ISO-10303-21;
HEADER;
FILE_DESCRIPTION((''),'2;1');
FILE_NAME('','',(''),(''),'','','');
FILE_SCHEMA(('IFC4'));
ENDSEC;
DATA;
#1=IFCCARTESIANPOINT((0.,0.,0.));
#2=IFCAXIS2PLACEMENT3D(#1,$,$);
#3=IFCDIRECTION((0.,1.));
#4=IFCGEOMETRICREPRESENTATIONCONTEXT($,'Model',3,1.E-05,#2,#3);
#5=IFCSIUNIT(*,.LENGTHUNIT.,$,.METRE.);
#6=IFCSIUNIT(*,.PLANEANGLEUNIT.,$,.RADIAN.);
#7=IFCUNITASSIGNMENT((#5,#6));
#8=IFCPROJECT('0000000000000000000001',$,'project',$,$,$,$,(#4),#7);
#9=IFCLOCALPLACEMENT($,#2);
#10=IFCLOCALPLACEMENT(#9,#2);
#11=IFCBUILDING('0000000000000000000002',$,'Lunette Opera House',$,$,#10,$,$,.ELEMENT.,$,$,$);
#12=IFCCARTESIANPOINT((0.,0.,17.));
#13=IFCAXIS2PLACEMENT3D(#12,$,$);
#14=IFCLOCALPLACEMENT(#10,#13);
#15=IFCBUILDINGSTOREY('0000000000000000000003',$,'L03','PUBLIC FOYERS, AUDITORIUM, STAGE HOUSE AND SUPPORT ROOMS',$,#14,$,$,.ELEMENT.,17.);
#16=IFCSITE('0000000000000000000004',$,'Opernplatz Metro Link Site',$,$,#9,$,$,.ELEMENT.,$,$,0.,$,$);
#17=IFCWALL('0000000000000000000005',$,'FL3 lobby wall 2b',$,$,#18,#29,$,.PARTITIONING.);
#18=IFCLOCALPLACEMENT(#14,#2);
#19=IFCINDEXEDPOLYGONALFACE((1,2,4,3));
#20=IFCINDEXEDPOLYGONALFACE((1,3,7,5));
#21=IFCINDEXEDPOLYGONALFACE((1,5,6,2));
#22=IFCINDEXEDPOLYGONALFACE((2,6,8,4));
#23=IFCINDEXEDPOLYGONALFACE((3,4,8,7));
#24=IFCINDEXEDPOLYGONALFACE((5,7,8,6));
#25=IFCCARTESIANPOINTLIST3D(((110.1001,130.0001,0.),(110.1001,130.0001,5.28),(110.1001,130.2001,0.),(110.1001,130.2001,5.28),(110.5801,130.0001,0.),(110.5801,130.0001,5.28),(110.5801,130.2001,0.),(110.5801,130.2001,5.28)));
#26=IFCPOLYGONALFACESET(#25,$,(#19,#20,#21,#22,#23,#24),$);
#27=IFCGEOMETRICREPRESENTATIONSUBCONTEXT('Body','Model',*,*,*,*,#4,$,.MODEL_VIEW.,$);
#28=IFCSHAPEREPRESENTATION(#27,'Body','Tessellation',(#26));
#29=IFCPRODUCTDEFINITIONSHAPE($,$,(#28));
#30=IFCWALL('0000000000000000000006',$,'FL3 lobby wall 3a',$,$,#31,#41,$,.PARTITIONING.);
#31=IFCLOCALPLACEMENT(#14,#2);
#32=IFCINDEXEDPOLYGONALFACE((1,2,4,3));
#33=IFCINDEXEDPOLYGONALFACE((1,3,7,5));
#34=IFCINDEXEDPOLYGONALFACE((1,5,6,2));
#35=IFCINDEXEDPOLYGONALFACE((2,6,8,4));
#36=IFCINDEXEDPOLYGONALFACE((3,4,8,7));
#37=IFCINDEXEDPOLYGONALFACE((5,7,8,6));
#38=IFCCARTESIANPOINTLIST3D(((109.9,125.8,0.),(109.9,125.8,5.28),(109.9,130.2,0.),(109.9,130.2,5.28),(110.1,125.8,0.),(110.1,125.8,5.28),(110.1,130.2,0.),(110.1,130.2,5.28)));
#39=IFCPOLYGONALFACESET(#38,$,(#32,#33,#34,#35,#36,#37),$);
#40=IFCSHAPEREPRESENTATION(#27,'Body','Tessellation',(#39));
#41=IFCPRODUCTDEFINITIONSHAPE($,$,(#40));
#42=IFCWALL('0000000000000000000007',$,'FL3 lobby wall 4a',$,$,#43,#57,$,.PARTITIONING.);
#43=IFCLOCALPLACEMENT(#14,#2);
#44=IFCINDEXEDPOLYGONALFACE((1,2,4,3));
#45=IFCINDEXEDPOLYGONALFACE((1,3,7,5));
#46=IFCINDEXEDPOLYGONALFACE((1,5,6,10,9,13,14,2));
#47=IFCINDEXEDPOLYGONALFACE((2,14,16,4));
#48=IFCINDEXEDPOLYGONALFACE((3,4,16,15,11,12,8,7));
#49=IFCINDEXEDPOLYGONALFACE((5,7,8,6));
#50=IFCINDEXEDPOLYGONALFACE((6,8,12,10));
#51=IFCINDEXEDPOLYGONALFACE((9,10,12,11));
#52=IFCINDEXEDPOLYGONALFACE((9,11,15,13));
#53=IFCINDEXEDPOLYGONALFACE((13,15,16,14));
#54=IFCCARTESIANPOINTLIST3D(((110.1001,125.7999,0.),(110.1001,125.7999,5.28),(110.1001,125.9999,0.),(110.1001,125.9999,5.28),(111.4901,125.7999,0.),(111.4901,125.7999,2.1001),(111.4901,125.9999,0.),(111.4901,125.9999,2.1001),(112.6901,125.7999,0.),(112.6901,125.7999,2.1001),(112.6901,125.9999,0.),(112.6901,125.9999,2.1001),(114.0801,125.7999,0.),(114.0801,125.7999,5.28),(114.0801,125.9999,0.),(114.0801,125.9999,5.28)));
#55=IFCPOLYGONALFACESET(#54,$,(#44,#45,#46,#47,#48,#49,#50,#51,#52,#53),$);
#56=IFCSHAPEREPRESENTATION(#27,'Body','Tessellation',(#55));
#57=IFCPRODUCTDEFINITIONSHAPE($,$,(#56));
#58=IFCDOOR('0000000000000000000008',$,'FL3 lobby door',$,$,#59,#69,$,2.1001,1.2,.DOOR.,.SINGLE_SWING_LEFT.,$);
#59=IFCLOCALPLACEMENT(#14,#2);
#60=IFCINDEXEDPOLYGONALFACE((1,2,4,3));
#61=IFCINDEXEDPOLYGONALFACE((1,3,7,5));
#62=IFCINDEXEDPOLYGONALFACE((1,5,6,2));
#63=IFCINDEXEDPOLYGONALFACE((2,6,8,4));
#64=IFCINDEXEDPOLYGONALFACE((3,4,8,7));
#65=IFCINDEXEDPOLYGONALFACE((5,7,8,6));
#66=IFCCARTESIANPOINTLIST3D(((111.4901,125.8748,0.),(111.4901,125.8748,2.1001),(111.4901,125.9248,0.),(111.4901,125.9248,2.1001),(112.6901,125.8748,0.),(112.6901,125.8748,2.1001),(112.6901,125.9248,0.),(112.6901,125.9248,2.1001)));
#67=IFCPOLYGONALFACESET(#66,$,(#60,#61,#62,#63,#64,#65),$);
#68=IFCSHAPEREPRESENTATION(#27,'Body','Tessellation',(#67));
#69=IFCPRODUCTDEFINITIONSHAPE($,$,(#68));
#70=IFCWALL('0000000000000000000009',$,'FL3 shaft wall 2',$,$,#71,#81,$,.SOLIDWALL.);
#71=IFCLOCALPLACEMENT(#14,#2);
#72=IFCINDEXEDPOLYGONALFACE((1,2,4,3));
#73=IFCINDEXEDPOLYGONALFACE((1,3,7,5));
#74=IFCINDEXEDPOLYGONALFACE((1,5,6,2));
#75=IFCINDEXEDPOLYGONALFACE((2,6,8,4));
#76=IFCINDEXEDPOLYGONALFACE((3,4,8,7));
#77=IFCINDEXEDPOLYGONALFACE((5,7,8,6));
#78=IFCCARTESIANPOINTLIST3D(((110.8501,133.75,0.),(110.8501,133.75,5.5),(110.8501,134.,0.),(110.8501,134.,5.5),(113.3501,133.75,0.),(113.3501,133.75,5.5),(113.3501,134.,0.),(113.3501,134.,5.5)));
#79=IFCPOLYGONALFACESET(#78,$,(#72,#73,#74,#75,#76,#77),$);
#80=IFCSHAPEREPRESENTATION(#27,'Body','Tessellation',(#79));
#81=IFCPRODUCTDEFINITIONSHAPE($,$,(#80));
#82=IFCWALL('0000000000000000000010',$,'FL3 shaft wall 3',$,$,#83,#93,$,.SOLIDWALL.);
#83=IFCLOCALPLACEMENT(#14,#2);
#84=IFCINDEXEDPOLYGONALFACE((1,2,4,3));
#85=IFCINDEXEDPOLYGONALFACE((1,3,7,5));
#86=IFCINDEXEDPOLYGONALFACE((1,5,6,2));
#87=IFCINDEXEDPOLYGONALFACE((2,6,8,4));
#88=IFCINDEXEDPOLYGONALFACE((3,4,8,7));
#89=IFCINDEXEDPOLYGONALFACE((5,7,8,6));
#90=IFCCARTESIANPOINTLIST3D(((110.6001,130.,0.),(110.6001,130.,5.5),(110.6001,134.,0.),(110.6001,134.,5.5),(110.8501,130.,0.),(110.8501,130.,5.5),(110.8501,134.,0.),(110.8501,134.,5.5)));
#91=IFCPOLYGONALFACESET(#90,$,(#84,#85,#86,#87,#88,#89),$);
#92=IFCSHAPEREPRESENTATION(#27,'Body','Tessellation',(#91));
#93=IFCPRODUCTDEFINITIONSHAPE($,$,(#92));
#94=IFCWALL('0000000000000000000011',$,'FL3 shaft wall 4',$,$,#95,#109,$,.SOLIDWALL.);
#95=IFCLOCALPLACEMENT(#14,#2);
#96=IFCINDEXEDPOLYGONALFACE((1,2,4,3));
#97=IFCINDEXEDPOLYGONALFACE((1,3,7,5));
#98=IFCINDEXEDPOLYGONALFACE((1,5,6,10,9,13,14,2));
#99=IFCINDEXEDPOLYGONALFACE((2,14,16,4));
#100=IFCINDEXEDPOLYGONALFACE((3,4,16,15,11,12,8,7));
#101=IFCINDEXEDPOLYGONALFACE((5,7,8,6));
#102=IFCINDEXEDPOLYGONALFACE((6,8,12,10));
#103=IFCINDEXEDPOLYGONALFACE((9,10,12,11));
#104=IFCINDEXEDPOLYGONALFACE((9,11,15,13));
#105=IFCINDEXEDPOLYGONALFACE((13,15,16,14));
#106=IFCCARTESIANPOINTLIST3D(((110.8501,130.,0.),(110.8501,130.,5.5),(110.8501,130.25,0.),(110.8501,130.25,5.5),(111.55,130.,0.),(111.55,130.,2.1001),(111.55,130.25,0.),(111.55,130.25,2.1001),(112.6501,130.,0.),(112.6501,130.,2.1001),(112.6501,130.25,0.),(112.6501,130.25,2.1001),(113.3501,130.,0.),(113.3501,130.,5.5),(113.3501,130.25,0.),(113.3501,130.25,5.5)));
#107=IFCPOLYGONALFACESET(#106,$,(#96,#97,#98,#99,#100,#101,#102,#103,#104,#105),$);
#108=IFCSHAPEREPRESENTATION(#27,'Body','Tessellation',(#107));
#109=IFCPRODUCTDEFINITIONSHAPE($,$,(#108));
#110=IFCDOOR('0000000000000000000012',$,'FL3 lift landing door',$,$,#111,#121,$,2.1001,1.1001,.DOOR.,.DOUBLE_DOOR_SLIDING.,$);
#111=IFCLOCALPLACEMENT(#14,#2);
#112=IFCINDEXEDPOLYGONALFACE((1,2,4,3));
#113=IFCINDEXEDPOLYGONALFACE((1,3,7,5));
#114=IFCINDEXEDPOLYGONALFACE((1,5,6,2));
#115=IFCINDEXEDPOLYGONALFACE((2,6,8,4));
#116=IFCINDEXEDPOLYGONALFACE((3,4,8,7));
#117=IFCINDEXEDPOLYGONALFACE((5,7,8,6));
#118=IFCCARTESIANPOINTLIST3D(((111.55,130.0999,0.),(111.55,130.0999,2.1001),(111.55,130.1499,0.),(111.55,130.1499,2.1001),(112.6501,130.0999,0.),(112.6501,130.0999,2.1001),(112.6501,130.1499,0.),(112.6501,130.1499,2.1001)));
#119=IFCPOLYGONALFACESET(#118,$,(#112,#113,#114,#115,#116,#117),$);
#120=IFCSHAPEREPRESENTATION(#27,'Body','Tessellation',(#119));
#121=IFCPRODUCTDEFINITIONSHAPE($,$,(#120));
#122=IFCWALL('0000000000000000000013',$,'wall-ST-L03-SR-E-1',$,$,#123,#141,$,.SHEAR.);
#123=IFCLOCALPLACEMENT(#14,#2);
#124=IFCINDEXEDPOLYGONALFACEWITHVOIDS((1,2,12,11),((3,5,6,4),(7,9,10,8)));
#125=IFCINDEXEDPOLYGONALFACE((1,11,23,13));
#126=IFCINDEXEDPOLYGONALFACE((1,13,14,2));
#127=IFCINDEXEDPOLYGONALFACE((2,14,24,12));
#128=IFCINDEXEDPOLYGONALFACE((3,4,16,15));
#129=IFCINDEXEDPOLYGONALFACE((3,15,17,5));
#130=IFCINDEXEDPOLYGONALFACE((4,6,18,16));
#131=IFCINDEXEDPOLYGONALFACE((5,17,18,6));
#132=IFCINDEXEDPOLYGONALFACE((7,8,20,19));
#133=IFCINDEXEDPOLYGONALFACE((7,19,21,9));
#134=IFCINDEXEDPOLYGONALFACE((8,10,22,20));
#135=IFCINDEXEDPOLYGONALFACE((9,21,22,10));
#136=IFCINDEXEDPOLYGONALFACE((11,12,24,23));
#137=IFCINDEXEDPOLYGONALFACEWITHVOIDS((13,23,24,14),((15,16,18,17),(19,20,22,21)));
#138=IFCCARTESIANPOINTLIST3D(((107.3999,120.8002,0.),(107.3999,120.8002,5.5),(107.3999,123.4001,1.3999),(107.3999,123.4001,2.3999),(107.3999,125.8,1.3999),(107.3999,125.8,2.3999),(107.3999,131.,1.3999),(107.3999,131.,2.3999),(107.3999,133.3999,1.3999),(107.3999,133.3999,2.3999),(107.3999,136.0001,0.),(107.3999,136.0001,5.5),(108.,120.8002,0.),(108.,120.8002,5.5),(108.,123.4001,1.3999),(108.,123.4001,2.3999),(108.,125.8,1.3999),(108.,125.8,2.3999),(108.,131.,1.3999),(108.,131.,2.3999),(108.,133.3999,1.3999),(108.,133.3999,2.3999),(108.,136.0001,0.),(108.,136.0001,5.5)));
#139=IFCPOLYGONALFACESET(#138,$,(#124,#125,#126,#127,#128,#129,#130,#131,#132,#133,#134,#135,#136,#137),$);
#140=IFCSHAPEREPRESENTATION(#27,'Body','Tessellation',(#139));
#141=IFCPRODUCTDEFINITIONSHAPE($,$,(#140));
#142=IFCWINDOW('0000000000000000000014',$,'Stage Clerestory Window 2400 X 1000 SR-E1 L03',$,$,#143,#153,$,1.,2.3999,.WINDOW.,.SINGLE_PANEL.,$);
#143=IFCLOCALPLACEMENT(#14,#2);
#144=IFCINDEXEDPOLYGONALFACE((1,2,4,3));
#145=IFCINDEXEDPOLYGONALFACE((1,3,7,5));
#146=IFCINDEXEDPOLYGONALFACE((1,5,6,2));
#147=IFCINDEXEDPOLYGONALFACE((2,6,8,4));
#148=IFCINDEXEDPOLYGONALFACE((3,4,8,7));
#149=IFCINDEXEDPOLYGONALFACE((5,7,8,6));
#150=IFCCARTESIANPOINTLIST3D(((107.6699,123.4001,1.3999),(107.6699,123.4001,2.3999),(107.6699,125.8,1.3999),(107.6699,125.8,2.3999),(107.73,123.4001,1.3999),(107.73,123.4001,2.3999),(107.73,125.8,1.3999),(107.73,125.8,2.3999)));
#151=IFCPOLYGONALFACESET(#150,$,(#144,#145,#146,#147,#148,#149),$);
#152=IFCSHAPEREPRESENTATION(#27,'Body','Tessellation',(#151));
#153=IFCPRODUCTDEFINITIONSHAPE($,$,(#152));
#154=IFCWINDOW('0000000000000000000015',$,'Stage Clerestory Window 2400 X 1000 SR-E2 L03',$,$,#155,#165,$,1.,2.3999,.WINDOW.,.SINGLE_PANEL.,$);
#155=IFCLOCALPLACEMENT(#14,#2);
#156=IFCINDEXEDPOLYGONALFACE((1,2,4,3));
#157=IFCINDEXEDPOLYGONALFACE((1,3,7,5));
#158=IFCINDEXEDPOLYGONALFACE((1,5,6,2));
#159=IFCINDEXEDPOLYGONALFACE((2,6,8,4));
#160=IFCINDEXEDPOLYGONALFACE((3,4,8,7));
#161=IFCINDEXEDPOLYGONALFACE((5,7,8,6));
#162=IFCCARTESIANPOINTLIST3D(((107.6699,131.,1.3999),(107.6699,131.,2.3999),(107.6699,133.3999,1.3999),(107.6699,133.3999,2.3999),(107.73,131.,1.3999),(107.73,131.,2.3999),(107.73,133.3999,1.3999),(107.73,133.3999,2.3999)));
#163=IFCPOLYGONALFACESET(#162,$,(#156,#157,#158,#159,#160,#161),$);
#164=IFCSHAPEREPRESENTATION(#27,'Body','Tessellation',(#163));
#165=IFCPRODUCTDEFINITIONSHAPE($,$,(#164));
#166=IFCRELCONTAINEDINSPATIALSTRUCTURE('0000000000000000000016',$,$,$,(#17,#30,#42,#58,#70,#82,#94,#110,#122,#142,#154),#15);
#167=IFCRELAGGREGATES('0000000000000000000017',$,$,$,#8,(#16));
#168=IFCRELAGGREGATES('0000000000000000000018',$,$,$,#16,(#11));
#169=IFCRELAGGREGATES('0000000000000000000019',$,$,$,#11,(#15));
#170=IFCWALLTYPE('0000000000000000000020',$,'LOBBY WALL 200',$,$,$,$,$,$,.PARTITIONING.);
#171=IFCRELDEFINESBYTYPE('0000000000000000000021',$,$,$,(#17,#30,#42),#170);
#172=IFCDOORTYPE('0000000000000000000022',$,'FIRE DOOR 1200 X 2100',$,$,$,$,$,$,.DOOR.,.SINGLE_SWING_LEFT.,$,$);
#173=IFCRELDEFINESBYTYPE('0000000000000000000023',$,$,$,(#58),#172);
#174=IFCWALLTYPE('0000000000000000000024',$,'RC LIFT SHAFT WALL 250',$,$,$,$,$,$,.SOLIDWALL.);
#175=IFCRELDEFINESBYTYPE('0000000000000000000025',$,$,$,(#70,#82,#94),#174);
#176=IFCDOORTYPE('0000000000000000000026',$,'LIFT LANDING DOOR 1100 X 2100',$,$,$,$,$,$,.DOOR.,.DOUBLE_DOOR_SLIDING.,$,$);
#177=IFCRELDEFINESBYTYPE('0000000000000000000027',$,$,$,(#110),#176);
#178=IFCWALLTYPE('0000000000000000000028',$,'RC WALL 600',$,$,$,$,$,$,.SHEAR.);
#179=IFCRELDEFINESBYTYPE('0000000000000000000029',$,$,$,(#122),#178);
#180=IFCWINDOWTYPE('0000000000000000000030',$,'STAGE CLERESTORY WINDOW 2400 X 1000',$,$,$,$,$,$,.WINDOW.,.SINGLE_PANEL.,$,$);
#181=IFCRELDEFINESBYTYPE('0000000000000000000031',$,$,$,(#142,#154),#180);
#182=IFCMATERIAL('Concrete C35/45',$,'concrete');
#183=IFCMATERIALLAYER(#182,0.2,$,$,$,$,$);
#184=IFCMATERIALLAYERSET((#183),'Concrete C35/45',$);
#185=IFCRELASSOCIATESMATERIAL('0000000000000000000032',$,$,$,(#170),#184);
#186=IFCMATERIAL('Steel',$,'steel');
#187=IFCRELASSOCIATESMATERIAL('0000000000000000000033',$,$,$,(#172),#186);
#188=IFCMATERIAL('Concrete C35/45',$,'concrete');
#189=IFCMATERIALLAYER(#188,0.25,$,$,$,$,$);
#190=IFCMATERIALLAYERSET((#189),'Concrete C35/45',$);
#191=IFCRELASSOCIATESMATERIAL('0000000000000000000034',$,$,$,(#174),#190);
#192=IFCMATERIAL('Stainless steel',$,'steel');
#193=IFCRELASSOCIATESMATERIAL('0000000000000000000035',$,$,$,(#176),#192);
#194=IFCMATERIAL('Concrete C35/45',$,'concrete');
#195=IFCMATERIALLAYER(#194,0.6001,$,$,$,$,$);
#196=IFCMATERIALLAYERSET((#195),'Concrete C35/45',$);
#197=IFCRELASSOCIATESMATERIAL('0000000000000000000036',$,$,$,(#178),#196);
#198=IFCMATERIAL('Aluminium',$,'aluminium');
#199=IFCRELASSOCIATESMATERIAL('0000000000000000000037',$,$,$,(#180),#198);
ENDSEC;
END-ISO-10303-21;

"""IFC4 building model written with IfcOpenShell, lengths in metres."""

from ifc_helpers import new_model, si_unit, direction, frame, frame_2d, origin, place, context, subcontext, project, spatial, rectangle, extrude, material, layer, layer_set, type_object, element, fill, save


model = new_model("IFC4")

# Units and contexts
model_context = context("Model", 3, precision=1e-05, world=origin(), true_north=direction((0.0, 1.0)))
body_context = subcontext(model_context, "Body", "Model", "MODEL_VIEW")
ifc_project = project(units=[si_unit("LENGTHUNIT", "METRE"), si_unit("PLANEANGLEUNIT", "RADIAN")], contexts=[model_context])

# Site, building, storey
site_placement = place(None, origin())
site = spatial("IfcSite", under=ifc_project, at=site_placement, Name="Opernplatz Metro Link Site", CompositionType="ELEMENT", RefElevation=0.0)
building_placement = place(site_placement, origin())
building = spatial("IfcBuilding", under=site, at=building_placement, Name="Lunette Opera House", CompositionType="ELEMENT")
storey_placement = place(building_placement, frame((0.0, 0.0, 17.0)))
storey = spatial("IfcBuildingStorey", under=building, at=storey_placement, Name="L03", Description="PUBLIC FOYERS, AUDITORIUM, STAGE HOUSE AND SUPPORT ROOMS", CompositionType="ELEMENT", Elevation=17.0)

# Walls
ifc_material_1 = material(Name="Concrete C35/45", Category="concrete")
ifc_layer_1 = layer(ifc_material_1, 0.2)
ifc_layer_set_1 = layer_set([ifc_layer_1], Name="Concrete C35/45")
wall_type_1 = type_object("IfcWallType", Name="LOBBY WALL 200", PredefinedType="PARTITIONING", material=ifc_layer_set_1)
wall_1_placement = place(storey_placement, frame((110.5801, 130.1001, 0.0), z_axis=(0.0, 0.0, 1.0), x_axis=(-1.0, 0.0, 0.0)))
element("IfcWall", 1, at=wall_1_placement, inside=storey, type_object=wall_type_1, Name="FL3 lobby wall 2b", PredefinedType="PARTITIONING", context=body_context, shape_type="SweptSolid", body=[
    extrude(rectangle(XDim=0.48, YDim=0.2, at=frame_2d((0.24, 0.0))), origin(), (0.0, 0.0, 1.0), 5.28),
])
wall_2_placement = place(storey_placement, frame((110.0, 130.2, 0.0), z_axis=(0.0, 0.0, 1.0), x_axis=(0.0, -1.0, 0.0)))
element("IfcWall", 2, at=wall_2_placement, inside=storey, type_object=wall_type_1, Name="FL3 lobby wall 3a", PredefinedType="PARTITIONING", context=body_context, shape_type="SweptSolid", body=[
    extrude(rectangle(XDim=4.3999, YDim=0.2, at=frame_2d((2.2, 0.0))), origin(), (0.0, 0.0, 1.0), 5.28),
])

# Wall, opening, door
wall_3_placement = place(storey_placement, frame((110.1001, 125.8999, 0.0), z_axis=(0.0, 0.0, 1.0), x_axis=(1.0, 0.0, 0.0)))
wall_3 = element("IfcWall", 3, at=wall_3_placement, inside=storey, type_object=wall_type_1, Name="FL3 lobby wall 4a", PredefinedType="PARTITIONING", context=body_context, shape_type="SweptSolid", body=[
    extrude(rectangle(XDim=3.98, YDim=0.2, at=frame_2d((1.99, 0.0))), origin(), (0.0, 0.0, 1.0), 5.28),
])
opening_1_placement = place(wall_3_placement, frame((1.3899, 0.0, 0.0)))
opening_1 = element("IfcOpeningElement", 4, at=opening_1_placement, cuts=wall_3, PredefinedType="OPENING", context=body_context, shape_type="SweptSolid", body=[
    extrude(rectangle(XDim=1.2, YDim=2.1001, at=frame_2d((0.6001, 1.05))), frame((0.0, 0.1121, 0.0), z_axis=(0.0, -1.0, 0.0), x_axis=(1.0, 0.0, 0.0)), (0.0, 0.0, 1.0), 0.2239),
])
ifc_material_2 = material(Name="Steel", Category="steel")
door_type_1 = type_object("IfcDoorType", Name="FIRE DOOR 1200 X 2100", OperationType="SINGLE_SWING_LEFT", PredefinedType="DOOR", material=ifc_material_2)
door_1_placement = place(opening_1_placement, origin())
door_1 = element("IfcDoor", 5, at=door_1_placement, inside=storey, type_object=door_type_1, Name="FL3 lobby door", OperationType="SINGLE_SWING_LEFT", OverallHeight=2.1001, OverallWidth=1.2, PredefinedType="DOOR", context=body_context, shape_type="SweptSolid", body=[
    extrude(rectangle(XDim=1.2, YDim=2.1001, at=frame_2d((0.6001, 1.05))), frame((0.0, 0.0249, 0.0), z_axis=(0.0, -1.0, 0.0), x_axis=(1.0, 0.0, 0.0)), (0.0, 0.0, 1.0), 0.05),
])
fill(opening_1, door_1)

# Walls
ifc_material_3 = material(Name="Concrete C35/45", Category="concrete")
ifc_layer_2 = layer(ifc_material_3, 0.25)
ifc_layer_set_2 = layer_set([ifc_layer_2], Name="Concrete C35/45")
wall_type_2 = type_object("IfcWallType", Name="RC LIFT SHAFT WALL 250", PredefinedType="SOLIDWALL", material=ifc_layer_set_2)
wall_4_placement = place(storey_placement, frame((113.3501, 133.875, 0.0), z_axis=(0.0, 0.0, 1.0), x_axis=(-1.0, 0.0, 0.0)))
element("IfcWall", 6, at=wall_4_placement, inside=storey, type_object=wall_type_2, Name="FL3 shaft wall 2", PredefinedType="SOLIDWALL", context=body_context, shape_type="SweptSolid", body=[
    extrude(rectangle(XDim=2.5, YDim=0.25, at=frame_2d((1.25, 0.0))), origin(), (0.0, 0.0, 1.0), 5.5),
])
wall_5_placement = place(storey_placement, frame((110.7251, 134.0, 0.0), z_axis=(0.0, 0.0, 1.0), x_axis=(0.0, -1.0, 0.0)))
element("IfcWall", 7, at=wall_5_placement, inside=storey, type_object=wall_type_2, Name="FL3 shaft wall 3", PredefinedType="SOLIDWALL", context=body_context, shape_type="SweptSolid", body=[
    extrude(rectangle(XDim=4.0, YDim=0.25, at=frame_2d((2.0, 0.0))), origin(), (0.0, 0.0, 1.0), 5.5),
])

# Wall, opening, door
wall_6_placement = place(storey_placement, frame((110.8501, 130.125, 0.0), z_axis=(0.0, 0.0, 1.0), x_axis=(1.0, 0.0, 0.0)))
wall_6 = element("IfcWall", 8, at=wall_6_placement, inside=storey, type_object=wall_type_2, Name="FL3 shaft wall 4", PredefinedType="SOLIDWALL", context=body_context, shape_type="SweptSolid", body=[
    extrude(rectangle(XDim=2.5, YDim=0.25, at=frame_2d((1.25, 0.0))), origin(), (0.0, 0.0, 1.0), 5.5),
])
opening_2_placement = place(wall_6_placement, frame((0.7, 0.0, 0.0)))
opening_2 = element("IfcOpeningElement", 9, at=opening_2_placement, cuts=wall_6, PredefinedType="OPENING", context=body_context, shape_type="SweptSolid", body=[
    extrude(rectangle(XDim=1.1001, YDim=2.1001, at=frame_2d((0.55, 1.05))), frame((0.0, 0.137, 0.0), z_axis=(0.0, -1.0, 0.0), x_axis=(1.0, 0.0, 0.0)), (0.0, 0.0, 1.0), 0.2739),
])
ifc_material_4 = material(Name="Stainless steel", Category="steel")
door_type_2 = type_object("IfcDoorType", Name="LIFT LANDING DOOR 1100 X 2100", OperationType="DOUBLE_DOOR_SLIDING", PredefinedType="DOOR", material=ifc_material_4)
door_2_placement = place(opening_2_placement, origin())
door_2 = element("IfcDoor", 10, at=door_2_placement, inside=storey, type_object=door_type_2, Name="FL3 lift landing door", OperationType="DOUBLE_DOOR_SLIDING", OverallHeight=2.1001, OverallWidth=1.1001, PredefinedType="DOOR", context=body_context, shape_type="SweptSolid", body=[
    extrude(rectangle(XDim=1.1001, YDim=2.1001, at=frame_2d((0.55, 1.05))), frame((0.0, 0.0249, 0.0), z_axis=(0.0, -1.0, 0.0), x_axis=(1.0, 0.0, 0.0)), (0.0, 0.0, 1.0), 0.05),
])
fill(opening_2, door_2)

# Wall, openings, windows
ifc_material_5 = material(Name="Concrete C35/45", Category="concrete")
ifc_layer_3 = layer(ifc_material_5, 0.6001)
ifc_layer_set_3 = layer_set([ifc_layer_3], Name="Concrete C35/45")
wall_type_3 = type_object("IfcWallType", Name="RC WALL 600", PredefinedType="SHEAR", material=ifc_layer_set_3)
wall_7_placement = place(storey_placement, frame((107.7, 120.8, 0.0), z_axis=(0.0, 0.0, 1.0), x_axis=(0.0, 1.0, 0.0)))
wall_7 = element("IfcWall", 11, at=wall_7_placement, inside=storey, type_object=wall_type_3, Name="wall-ST-L03-SR-E-1", PredefinedType="SHEAR", context=body_context, shape_type="SweptSolid", body=[
    extrude(rectangle(XDim=15.2, YDim=0.6001, at=frame_2d((7.6001, 0.0))), origin(), (0.0, 0.0, 1.0), 5.5),
])
opening_3_placement = place(wall_7_placement, frame((2.6001, 0.0, 1.3999)))
opening_3 = element("IfcOpeningElement", 12, at=opening_3_placement, cuts=wall_7, PredefinedType="OPENING", context=body_context, shape_type="SweptSolid", body=[
    extrude(rectangle(XDim=2.3999, YDim=1.0, at=frame_2d((1.2, 0.5))), frame((0.0, 0.312, 0.0), z_axis=(0.0, -1.0, 0.0), x_axis=(1.0, 0.0, 0.0)), (0.0, 0.0, 1.0), 0.624),
])
opening_4_placement = place(wall_7_placement, frame((10.2, 0.0, 1.3999)))
opening_4 = element("IfcOpeningElement", 13, at=opening_4_placement, cuts=wall_7, PredefinedType="OPENING", context=body_context, shape_type="SweptSolid", body=[
    extrude(rectangle(XDim=2.3999, YDim=1.0, at=frame_2d((1.2, 0.5))), frame((0.0, 0.312, 0.0), z_axis=(0.0, -1.0, 0.0), x_axis=(1.0, 0.0, 0.0)), (0.0, 0.0, 1.0), 0.624),
])
ifc_material_6 = material(Name="Aluminium", Category="aluminium")
window_type = type_object("IfcWindowType", Name="STAGE CLERESTORY WINDOW 2400 X 1000", PartitioningType="SINGLE_PANEL", PredefinedType="WINDOW", material=ifc_material_6)
window_1_placement = place(opening_3_placement, origin())
window_1 = element("IfcWindow", 14, at=window_1_placement, inside=storey, type_object=window_type, Name="Stage Clerestory Window 2400 X 1000 SR-E1 L03", OverallHeight=1.0, OverallWidth=2.3999, PartitioningType="SINGLE_PANEL", PredefinedType="WINDOW", context=body_context, shape_type="SweptSolid", body=[
    extrude(rectangle(XDim=2.3999, YDim=1.0, at=frame_2d((1.2, 0.5))), frame((0.0, 0.03, 0.0), z_axis=(0.0, -1.0, 0.0), x_axis=(1.0, 0.0, 0.0)), (0.0, 0.0, 1.0), 0.0601),
])
fill(opening_3, window_1)
window_2_placement = place(opening_4_placement, origin())
window_2 = element("IfcWindow", 15, at=window_2_placement, inside=storey, type_object=window_type, Name="Stage Clerestory Window 2400 X 1000 SR-E2 L03", OverallHeight=1.0, OverallWidth=2.3999, PartitioningType="SINGLE_PANEL", PredefinedType="WINDOW", context=body_context, shape_type="SweptSolid", body=[
    extrude(rectangle(XDim=2.3999, YDim=1.0, at=frame_2d((1.2, 0.5))), frame((0.0, 0.03, 0.0), z_axis=(0.0, -1.0, 0.0), x_axis=(1.0, 0.0, 0.0)), (0.0, 0.0, 1.0), 0.0601),
])
fill(opening_4, window_2)

save(model, "model.ifc")
